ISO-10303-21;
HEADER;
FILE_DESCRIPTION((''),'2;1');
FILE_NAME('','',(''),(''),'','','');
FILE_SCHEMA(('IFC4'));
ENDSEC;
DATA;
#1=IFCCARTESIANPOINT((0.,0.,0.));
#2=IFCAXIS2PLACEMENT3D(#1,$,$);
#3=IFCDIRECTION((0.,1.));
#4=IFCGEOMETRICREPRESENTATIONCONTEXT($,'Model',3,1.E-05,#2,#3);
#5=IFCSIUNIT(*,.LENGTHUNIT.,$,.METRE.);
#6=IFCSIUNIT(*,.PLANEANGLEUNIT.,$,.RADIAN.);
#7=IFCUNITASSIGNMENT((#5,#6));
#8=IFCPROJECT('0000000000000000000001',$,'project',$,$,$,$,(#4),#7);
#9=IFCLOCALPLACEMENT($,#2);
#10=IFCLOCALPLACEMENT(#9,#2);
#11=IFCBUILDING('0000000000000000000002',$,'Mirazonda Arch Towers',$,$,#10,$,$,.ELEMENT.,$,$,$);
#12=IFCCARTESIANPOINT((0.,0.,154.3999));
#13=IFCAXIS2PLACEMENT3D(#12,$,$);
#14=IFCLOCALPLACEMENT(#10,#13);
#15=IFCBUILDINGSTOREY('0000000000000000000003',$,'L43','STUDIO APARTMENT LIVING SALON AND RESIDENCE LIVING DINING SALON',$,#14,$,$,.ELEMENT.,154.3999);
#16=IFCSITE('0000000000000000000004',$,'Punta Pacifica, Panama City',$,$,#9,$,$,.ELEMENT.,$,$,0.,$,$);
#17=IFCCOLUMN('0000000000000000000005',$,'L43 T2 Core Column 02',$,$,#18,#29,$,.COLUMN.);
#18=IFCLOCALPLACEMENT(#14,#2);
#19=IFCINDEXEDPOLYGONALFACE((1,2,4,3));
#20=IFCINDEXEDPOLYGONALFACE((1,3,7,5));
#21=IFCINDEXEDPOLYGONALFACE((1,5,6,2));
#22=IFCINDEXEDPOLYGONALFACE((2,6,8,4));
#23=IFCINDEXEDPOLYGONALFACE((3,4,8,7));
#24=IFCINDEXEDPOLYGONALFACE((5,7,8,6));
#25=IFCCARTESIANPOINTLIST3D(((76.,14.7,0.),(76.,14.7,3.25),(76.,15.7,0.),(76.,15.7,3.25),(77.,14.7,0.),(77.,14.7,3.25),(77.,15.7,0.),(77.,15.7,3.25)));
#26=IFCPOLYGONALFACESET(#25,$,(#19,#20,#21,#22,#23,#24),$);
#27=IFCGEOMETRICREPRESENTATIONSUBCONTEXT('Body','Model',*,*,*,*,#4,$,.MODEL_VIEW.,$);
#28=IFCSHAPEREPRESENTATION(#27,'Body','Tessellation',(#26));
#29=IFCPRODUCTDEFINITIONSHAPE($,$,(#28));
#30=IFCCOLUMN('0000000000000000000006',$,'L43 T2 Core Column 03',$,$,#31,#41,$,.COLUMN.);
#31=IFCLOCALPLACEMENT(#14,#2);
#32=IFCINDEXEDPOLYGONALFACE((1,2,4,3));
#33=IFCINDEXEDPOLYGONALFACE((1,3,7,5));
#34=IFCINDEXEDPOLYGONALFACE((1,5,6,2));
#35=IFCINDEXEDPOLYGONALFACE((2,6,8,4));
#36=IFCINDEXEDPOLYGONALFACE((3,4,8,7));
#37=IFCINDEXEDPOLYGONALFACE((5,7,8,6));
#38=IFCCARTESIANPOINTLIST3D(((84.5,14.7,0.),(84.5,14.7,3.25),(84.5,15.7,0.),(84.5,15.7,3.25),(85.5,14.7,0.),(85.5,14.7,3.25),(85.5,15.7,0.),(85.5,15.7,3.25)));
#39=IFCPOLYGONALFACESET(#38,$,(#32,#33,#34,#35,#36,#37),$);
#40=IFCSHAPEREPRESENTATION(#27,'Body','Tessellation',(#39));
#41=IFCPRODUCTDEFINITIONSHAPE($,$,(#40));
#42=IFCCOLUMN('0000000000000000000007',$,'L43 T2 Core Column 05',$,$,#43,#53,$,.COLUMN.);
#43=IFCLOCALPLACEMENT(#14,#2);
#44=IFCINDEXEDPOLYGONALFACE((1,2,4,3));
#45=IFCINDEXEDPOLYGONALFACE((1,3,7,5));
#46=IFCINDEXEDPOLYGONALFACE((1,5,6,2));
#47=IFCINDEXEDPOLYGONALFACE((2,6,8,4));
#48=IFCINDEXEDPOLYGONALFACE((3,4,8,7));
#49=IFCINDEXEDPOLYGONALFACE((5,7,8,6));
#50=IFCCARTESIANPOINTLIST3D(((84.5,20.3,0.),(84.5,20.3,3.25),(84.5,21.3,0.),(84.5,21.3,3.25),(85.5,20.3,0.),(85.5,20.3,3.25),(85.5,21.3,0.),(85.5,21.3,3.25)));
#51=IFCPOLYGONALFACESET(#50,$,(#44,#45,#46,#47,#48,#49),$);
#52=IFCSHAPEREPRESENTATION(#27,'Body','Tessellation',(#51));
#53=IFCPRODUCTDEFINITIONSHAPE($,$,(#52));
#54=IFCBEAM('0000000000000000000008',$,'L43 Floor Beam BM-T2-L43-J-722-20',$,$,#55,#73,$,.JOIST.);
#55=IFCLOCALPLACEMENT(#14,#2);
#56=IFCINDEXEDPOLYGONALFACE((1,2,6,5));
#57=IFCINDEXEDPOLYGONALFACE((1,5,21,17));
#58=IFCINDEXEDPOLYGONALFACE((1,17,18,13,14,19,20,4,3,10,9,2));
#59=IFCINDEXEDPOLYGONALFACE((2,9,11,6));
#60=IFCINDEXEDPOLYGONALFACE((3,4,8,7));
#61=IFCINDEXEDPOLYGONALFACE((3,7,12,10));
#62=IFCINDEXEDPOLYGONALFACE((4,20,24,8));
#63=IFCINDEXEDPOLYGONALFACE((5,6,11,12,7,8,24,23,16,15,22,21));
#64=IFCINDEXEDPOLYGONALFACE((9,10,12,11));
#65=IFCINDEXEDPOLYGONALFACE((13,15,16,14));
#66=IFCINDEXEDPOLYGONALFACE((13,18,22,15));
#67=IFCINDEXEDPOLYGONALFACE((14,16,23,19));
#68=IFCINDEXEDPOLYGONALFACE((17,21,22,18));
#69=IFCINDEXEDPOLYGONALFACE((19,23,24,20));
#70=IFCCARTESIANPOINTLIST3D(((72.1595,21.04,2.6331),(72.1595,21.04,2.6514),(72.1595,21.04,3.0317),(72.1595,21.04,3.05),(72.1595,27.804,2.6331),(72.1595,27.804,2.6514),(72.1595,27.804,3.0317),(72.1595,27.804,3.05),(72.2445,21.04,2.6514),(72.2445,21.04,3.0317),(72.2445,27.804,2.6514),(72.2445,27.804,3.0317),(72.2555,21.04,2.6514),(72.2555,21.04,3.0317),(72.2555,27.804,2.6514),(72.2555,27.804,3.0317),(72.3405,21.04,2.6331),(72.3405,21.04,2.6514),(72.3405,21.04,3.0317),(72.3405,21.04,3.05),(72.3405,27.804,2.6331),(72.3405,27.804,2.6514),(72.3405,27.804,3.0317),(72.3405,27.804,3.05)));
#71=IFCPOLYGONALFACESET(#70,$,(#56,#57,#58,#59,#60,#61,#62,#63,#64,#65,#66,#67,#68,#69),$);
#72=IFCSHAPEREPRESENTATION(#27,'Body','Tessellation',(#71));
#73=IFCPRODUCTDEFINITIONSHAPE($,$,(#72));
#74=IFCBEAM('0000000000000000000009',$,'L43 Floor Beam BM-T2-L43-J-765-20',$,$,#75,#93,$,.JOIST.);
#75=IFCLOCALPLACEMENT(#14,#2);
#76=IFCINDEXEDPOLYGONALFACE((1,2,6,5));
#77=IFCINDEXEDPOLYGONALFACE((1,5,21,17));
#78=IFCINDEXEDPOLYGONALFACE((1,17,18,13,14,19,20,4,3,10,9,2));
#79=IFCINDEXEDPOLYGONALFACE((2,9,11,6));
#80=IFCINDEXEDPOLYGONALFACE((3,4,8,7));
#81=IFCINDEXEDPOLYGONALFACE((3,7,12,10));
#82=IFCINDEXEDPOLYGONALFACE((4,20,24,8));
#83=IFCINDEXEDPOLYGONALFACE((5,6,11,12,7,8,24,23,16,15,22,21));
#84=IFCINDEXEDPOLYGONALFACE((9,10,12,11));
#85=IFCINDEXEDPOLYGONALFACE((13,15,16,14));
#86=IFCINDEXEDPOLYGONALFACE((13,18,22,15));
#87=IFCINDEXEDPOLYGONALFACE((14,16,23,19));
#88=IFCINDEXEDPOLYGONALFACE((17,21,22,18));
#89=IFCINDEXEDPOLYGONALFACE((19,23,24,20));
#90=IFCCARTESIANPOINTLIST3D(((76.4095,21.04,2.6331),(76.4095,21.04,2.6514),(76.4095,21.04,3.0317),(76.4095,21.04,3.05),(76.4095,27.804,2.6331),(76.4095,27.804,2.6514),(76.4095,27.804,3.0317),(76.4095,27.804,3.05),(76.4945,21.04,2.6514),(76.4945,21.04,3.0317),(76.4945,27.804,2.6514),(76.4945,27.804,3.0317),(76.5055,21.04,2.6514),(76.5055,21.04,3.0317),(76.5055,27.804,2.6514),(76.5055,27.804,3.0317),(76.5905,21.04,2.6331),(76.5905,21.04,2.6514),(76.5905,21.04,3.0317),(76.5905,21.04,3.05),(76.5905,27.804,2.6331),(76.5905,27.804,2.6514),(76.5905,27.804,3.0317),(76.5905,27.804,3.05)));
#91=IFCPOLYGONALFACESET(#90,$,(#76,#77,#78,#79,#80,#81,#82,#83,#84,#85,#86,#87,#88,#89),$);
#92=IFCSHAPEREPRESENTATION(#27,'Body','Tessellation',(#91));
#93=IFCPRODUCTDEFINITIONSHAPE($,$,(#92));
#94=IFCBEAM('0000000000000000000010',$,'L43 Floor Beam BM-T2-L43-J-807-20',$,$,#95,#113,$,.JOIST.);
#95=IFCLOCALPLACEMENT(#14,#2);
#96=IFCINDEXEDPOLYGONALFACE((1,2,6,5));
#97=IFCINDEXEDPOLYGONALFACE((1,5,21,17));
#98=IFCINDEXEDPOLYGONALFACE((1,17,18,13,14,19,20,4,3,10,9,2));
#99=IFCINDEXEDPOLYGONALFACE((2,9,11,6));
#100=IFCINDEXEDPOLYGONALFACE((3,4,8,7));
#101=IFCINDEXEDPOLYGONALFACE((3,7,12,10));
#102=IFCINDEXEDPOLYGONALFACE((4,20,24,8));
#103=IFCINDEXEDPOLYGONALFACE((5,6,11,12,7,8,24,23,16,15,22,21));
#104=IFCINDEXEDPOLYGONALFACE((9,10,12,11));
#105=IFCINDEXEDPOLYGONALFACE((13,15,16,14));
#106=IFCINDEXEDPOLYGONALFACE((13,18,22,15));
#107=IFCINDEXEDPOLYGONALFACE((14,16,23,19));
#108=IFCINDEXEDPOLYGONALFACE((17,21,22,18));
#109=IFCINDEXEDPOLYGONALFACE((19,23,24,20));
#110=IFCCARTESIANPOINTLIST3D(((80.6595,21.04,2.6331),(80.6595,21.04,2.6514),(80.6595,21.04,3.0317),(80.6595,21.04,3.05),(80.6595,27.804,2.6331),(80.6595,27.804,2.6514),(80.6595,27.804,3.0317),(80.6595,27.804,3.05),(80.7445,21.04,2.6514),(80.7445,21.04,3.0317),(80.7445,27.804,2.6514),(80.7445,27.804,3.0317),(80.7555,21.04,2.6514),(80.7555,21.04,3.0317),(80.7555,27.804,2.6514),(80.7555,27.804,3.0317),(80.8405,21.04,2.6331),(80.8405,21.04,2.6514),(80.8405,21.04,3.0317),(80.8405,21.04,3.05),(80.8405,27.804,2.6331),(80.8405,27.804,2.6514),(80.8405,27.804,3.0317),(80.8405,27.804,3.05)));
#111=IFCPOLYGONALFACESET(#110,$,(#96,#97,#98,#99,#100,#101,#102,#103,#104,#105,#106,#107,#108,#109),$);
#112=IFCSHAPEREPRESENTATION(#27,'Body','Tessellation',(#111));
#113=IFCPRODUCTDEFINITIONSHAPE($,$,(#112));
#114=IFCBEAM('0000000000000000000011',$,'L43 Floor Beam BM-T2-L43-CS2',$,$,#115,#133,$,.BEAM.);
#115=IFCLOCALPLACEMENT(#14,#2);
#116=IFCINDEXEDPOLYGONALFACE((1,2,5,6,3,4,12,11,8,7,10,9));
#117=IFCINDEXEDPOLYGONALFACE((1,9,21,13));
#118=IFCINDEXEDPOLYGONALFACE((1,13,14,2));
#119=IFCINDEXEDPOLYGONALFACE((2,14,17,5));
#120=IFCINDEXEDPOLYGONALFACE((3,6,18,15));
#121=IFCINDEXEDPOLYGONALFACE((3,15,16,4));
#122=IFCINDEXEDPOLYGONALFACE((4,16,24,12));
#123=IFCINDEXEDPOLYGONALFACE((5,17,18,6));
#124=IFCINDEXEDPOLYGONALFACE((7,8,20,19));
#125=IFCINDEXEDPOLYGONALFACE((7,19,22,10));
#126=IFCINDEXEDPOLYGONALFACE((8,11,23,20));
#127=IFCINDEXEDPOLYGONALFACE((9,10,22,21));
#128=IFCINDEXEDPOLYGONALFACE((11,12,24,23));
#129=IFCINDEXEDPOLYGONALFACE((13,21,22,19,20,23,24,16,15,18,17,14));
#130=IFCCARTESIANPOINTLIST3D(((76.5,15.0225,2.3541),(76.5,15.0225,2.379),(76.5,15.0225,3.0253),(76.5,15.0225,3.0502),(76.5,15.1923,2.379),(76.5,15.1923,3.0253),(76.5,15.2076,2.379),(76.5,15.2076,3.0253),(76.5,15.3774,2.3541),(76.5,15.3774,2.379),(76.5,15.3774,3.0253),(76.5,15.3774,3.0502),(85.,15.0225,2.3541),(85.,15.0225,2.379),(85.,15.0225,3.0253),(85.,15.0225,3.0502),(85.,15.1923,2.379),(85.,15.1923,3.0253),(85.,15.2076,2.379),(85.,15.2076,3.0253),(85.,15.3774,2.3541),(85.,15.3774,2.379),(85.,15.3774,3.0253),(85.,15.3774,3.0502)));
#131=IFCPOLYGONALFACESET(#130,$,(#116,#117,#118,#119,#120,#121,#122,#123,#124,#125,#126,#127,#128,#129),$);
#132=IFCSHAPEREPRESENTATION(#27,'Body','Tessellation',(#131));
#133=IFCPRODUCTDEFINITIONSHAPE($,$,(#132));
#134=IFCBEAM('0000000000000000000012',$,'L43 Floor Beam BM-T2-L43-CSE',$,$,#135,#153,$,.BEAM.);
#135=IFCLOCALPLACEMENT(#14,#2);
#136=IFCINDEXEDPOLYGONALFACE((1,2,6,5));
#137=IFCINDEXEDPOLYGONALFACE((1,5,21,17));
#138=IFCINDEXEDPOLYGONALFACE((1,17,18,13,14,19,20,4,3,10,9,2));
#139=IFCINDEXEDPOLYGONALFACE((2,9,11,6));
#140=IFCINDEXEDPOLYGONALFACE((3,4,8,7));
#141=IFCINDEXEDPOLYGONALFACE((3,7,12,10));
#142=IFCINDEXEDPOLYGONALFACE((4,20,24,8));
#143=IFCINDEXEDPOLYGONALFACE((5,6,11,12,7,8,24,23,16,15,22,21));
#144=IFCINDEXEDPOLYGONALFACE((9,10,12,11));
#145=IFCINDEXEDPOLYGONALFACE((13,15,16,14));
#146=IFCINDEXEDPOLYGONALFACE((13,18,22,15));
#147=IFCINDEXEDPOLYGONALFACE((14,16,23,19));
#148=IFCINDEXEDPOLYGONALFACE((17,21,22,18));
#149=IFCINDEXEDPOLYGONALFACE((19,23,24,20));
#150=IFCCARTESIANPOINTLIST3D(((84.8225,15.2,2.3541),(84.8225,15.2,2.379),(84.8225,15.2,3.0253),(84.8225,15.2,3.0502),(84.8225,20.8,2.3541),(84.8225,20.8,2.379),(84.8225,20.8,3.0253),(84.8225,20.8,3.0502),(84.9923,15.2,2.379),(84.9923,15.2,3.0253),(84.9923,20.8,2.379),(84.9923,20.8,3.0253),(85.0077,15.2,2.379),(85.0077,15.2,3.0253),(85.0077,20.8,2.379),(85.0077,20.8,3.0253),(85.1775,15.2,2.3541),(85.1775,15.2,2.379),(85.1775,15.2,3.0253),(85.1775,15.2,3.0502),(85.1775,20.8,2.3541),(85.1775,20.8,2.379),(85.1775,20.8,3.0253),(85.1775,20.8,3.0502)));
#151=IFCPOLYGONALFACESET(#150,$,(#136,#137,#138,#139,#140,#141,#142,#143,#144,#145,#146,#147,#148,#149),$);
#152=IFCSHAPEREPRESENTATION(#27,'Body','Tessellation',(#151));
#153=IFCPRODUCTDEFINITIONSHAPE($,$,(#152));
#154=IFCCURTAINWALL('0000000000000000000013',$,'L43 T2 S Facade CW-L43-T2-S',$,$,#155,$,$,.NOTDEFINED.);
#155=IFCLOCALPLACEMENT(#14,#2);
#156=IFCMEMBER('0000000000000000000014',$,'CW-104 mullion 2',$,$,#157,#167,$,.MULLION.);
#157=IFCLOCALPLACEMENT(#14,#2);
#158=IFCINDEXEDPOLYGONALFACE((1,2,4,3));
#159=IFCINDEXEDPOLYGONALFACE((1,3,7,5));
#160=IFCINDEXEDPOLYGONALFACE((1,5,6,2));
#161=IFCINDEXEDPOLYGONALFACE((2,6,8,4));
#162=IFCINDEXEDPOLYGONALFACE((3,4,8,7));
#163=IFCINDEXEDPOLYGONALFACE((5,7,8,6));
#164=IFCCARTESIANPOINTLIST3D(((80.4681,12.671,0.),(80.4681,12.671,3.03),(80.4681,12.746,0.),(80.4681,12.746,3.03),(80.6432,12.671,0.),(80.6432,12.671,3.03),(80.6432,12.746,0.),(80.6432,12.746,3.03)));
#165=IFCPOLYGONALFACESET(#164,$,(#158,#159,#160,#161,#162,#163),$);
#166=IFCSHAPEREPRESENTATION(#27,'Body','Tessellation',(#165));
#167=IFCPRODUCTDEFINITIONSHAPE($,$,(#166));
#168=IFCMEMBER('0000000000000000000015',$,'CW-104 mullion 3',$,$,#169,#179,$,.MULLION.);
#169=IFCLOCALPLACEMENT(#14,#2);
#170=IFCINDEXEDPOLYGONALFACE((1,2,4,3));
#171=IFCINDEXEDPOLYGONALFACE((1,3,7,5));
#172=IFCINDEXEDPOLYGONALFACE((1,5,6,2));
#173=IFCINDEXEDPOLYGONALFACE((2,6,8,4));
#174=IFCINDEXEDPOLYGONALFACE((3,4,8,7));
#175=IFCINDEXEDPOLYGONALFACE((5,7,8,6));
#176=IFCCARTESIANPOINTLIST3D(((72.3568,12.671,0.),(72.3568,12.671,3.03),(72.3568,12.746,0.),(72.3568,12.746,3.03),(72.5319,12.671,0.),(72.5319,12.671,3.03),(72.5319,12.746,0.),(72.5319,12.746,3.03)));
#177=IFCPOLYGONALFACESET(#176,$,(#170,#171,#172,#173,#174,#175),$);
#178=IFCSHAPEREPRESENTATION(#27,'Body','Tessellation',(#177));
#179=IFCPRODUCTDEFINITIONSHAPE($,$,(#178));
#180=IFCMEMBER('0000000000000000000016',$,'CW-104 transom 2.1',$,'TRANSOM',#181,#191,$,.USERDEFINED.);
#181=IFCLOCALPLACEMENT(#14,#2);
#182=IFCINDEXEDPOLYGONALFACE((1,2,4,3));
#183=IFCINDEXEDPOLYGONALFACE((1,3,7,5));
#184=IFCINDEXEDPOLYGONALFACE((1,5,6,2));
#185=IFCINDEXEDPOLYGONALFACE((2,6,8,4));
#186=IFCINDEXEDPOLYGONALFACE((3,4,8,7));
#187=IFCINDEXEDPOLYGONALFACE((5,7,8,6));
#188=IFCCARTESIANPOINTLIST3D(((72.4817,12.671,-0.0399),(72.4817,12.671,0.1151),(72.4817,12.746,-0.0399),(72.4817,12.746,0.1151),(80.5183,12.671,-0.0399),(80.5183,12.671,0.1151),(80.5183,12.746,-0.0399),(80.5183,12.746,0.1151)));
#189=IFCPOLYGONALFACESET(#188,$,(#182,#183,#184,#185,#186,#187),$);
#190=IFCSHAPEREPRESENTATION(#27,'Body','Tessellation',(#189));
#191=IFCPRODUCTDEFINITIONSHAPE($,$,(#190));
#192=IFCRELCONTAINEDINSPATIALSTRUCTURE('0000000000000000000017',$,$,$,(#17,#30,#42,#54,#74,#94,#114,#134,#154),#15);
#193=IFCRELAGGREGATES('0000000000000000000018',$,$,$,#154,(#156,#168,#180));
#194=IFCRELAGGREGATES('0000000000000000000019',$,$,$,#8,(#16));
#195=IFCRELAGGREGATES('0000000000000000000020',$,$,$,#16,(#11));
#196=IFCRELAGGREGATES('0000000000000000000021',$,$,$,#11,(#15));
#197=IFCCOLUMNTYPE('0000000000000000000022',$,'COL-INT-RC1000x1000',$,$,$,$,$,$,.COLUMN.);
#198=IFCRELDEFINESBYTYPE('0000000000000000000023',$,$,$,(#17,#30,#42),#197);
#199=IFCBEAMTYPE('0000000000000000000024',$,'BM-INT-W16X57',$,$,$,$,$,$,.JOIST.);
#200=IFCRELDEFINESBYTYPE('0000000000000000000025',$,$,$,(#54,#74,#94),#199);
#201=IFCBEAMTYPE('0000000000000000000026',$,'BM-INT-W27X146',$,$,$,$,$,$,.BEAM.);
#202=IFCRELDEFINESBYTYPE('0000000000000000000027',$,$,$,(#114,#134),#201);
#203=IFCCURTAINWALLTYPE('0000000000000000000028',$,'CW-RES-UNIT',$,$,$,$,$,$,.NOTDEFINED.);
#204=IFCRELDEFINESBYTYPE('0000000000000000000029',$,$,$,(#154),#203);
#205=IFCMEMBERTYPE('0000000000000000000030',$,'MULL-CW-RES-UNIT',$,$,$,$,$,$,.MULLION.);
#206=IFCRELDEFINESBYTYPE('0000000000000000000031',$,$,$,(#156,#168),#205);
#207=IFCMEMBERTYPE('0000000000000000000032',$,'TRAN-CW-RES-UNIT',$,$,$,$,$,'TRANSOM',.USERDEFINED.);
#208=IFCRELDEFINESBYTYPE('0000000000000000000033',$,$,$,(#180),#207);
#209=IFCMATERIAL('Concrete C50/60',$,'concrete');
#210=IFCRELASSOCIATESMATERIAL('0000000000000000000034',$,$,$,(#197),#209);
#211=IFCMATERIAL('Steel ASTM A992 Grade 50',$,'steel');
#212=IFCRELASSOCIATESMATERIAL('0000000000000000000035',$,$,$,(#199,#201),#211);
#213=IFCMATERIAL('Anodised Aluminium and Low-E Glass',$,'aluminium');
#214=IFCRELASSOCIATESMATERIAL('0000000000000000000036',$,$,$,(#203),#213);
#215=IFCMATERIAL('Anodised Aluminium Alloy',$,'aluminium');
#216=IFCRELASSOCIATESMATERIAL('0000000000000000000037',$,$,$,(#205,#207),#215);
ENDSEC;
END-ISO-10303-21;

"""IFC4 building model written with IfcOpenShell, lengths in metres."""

from ifc_helpers import new_model, si_unit, direction, frame, origin, origin_2d, place, context, subcontext, project, spatial, rectangle, i_section, extrude, material, material_profile, profile_set, type_object, element, aggregate, save


model = new_model("IFC4")

# Units and contexts
model_context = context("Model", 3, precision=1e-05, world=origin(), true_north=direction((0.0, 1.0)))
body_context = subcontext(model_context, "Body", "Model", "MODEL_VIEW")
ifc_project = project(units=[si_unit("LENGTHUNIT", "METRE"), si_unit("PLANEANGLEUNIT", "RADIAN")], contexts=[model_context])

# Site, building, storey
site_placement = place(None, origin())
site = spatial("IfcSite", under=ifc_project, at=site_placement, Name="Punta Pacifica, Panama City", CompositionType="ELEMENT", RefElevation=0.0)
building_placement = place(site_placement, origin())
building = spatial("IfcBuilding", under=site, at=building_placement, Name="Mirazonda Arch Towers", CompositionType="ELEMENT")
storey_placement = place(building_placement, frame((0.0, 0.0, 154.3999)))
storey = spatial("IfcBuildingStorey", under=building, at=storey_placement, Name="L43", Description="STUDIO APARTMENT LIVING SALON AND RESIDENCE LIVING DINING SALON", CompositionType="ELEMENT", Elevation=154.3999)

# Columns
ifc_material_1 = material(Name="Concrete C50/60", Category="concrete")
ifc_material_profile_1 = material_profile(ifc_material_1, rectangle(XDim=1.0, YDim=1.0, at=origin_2d()), Name="RC1000x1000")
ifc_profile_set_1 = profile_set([ifc_material_profile_1], Name="Concrete C50/60")
column_type = type_object("IfcColumnType", Name="COL-INT-RC1000x1000", PredefinedType="COLUMN", material=ifc_profile_set_1)
for number, where, z_axis, x_axis, name in (
    (1, (76.5, 15.2, 0.0), (0.0, 0.0, 1.0), (1.0, 0.0, 0.0), "L43 T2 Core Column 02"),
    (2, (85.0, 15.2, 0.0), (0.0, 0.0, 1.0), (1.0, 0.0, 0.0), "L43 T2 Core Column 03"),
    (3, (85.0, 20.8, 0.0), (0.0, 0.0, 1.0), (1.0, 0.0, 0.0), "L43 T2 Core Column 05"),
):
    element("IfcColumn", number, at=place(storey_placement, frame(where, z_axis=z_axis, x_axis=x_axis)), inside=storey, type_object=column_type, Name=name, PredefinedType="COLUMN", context=body_context, shape_type="SweptSolid", body=[
        extrude(rectangle(XDim=1.0, YDim=1.0, at=origin_2d()), origin(), (0.0, 0.0, 1.0), 3.25),
    ])

# Beams
ifc_material_2 = material(Name="Steel ASTM A992 Grade 50", Category="steel")
ifc_material_profile_2 = material_profile(ifc_material_2, i_section(OverallWidth=0.1809, OverallDepth=0.417, WebThickness=0.011, FlangeThickness=0.0183, at=origin_2d()), Name="W16X57")
ifc_profile_set_2 = profile_set([ifc_material_profile_2], Name="Steel ASTM A992 Grade 50")
beam_type_1 = type_object("IfcBeamType", Name="BM-INT-W16X57", PredefinedType="JOIST", material=ifc_profile_set_2)
for number, where, z_axis, x_axis, name in (
    (4, (72.25, 21.04, 2.8416), (0.0, 1.0, 0.0), (-1.0, 0.0, 0.0), "L43 Floor Beam BM-T2-L43-J-722-20"),
    (5, (76.5, 21.04, 2.8416), (0.0, 1.0, 0.0), (-1.0, 0.0, 0.0), "L43 Floor Beam BM-T2-L43-J-765-20"),
    (6, (80.75, 21.04, 2.8416), (0.0, 1.0, 0.0), (-1.0, 0.0, 0.0), "L43 Floor Beam BM-T2-L43-J-807-20"),
):
    element("IfcBeam", number, at=place(storey_placement, frame(where, z_axis=z_axis, x_axis=x_axis)), inside=storey, type_object=beam_type_1, Name=name, PredefinedType="JOIST", context=body_context, shape_type="SweptSolid", body=[
        extrude(i_section(OverallWidth=0.1809, OverallDepth=0.417, WebThickness=0.011, FlangeThickness=0.0183, at=origin_2d()), origin(), (0.0, 0.0, 1.0), 6.7639),
    ])
ifc_material_profile_3 = material_profile(ifc_material_2, i_section(OverallWidth=0.355, OverallDepth=0.696, WebThickness=0.0154, FlangeThickness=0.0249, at=origin_2d()), Name="W27X146")
ifc_profile_set_3 = profile_set([ifc_material_profile_3], Name="Steel ASTM A992 Grade 50")
beam_type_2 = type_object("IfcBeamType", Name="BM-INT-W27X146", PredefinedType="BEAM", material=ifc_profile_set_3)
beam_1_placement = place(storey_placement, frame((76.5, 15.2, 2.7021), z_axis=(1.0, 0.0, 0.0), x_axis=(0.0, 1.0, 0.0)))
element("IfcBeam", 7, at=beam_1_placement, inside=storey, type_object=beam_type_2, Name="L43 Floor Beam BM-T2-L43-CS2", PredefinedType="BEAM", context=body_context, shape_type="SweptSolid", body=[
    extrude(i_section(OverallWidth=0.355, OverallDepth=0.696, WebThickness=0.0154, FlangeThickness=0.0249, at=origin_2d()), origin(), (0.0, 0.0, 1.0), 8.5),
])
beam_2_placement = place(storey_placement, frame((85.0, 15.2, 2.7021), z_axis=(0.0, 1.0, 0.0), x_axis=(-1.0, 0.0, 0.0)))
element("IfcBeam", 8, at=beam_2_placement, inside=storey, type_object=beam_type_2, Name="L43 Floor Beam BM-T2-L43-CSE", PredefinedType="BEAM", context=body_context, shape_type="SweptSolid", body=[
    extrude(i_section(OverallWidth=0.355, OverallDepth=0.696, WebThickness=0.0154, FlangeThickness=0.0249, at=origin_2d()), origin(), (0.0, 0.0, 1.0), 5.6001),
])

# Curtain wall, members
ifc_material_3 = material(Name="Anodised Aluminium and Low-E Glass", Category="aluminium")
curtain_wall_type = type_object("IfcCurtainWallType", Name="CW-RES-UNIT", PredefinedType="NOTDEFINED", material=ifc_material_3)
curtain_wall_placement = place(storey_placement, origin())
curtain_wall = element("IfcCurtainWall", 9, at=curtain_wall_placement, inside=storey, type_object=curtain_wall_type, Name="L43 T2 S Facade CW-L43-T2-S", PredefinedType="NOTDEFINED")
ifc_material_4 = material(Name="Anodised Aluminium Alloy", Category="aluminium")
ifc_material_profile_4 = material_profile(ifc_material_4, rectangle(XDim=0.075, YDim=0.175, at=origin_2d()), Name="ALU-MULL-75x175")
ifc_profile_set_4 = profile_set([ifc_material_profile_4], Name="Anodised Aluminium Alloy")
member_type_1 = type_object("IfcMemberType", Name="MULL-CW-RES-UNIT", PredefinedType="MULLION", material=ifc_profile_set_4)
member_1_placement = place(storey_placement, frame((80.5557, 12.7085, 0.0), z_axis=(0.0, 0.0, 1.0), x_axis=(0.0, -1.0, 0.0)))
member_1 = element("IfcMember", 10, at=member_1_placement, type_object=member_type_1, Name="CW-104 mullion 2", PredefinedType="MULLION", context=body_context, shape_type="SweptSolid", body=[
    extrude(rectangle(XDim=0.075, YDim=0.175, at=origin_2d()), origin(), (0.0, 0.0, 1.0), 3.03),
])
member_2_placement = place(storey_placement, frame((72.4443, 12.7085, 0.0), z_axis=(0.0, 0.0, 1.0), x_axis=(0.0, -1.0, 0.0)))
member_2 = element("IfcMember", 11, at=member_2_placement, type_object=member_type_1, Name="CW-104 mullion 3", PredefinedType="MULLION", context=body_context, shape_type="SweptSolid", body=[
    extrude(rectangle(XDim=0.075, YDim=0.175, at=origin_2d()), origin(), (0.0, 0.0, 1.0), 3.03),
])
ifc_material_profile_5 = material_profile(ifc_material_4, rectangle(XDim=0.075, YDim=0.155, at=origin_2d()), Name="ALU-TRAN-75x155")
ifc_profile_set_5 = profile_set([ifc_material_profile_5], Name="Anodised Aluminium Alloy")
member_type_2 = type_object("IfcMemberType", Name="TRAN-CW-RES-UNIT", ElementType="TRANSOM", PredefinedType="USERDEFINED", material=ifc_profile_set_5)
member_3_placement = place(storey_placement, frame((80.5183, 12.7085, 0.0376), z_axis=(-1.0, 0.0, 0.0), x_axis=(0.0, -1.0, 0.0)))
member_3 = element("IfcMember", 12, at=member_3_placement, type_object=member_type_2, Name="CW-104 transom 2.1", ObjectType="TRANSOM", PredefinedType="USERDEFINED", context=body_context, shape_type="SweptSolid", body=[
    extrude(rectangle(XDim=0.075, YDim=0.155, at=origin_2d()), origin(), (0.0, 0.0, 1.0), 8.0366),
])
aggregate(curtain_wall, [member_1, member_2, member_3])

save(model, "model.ifc")
